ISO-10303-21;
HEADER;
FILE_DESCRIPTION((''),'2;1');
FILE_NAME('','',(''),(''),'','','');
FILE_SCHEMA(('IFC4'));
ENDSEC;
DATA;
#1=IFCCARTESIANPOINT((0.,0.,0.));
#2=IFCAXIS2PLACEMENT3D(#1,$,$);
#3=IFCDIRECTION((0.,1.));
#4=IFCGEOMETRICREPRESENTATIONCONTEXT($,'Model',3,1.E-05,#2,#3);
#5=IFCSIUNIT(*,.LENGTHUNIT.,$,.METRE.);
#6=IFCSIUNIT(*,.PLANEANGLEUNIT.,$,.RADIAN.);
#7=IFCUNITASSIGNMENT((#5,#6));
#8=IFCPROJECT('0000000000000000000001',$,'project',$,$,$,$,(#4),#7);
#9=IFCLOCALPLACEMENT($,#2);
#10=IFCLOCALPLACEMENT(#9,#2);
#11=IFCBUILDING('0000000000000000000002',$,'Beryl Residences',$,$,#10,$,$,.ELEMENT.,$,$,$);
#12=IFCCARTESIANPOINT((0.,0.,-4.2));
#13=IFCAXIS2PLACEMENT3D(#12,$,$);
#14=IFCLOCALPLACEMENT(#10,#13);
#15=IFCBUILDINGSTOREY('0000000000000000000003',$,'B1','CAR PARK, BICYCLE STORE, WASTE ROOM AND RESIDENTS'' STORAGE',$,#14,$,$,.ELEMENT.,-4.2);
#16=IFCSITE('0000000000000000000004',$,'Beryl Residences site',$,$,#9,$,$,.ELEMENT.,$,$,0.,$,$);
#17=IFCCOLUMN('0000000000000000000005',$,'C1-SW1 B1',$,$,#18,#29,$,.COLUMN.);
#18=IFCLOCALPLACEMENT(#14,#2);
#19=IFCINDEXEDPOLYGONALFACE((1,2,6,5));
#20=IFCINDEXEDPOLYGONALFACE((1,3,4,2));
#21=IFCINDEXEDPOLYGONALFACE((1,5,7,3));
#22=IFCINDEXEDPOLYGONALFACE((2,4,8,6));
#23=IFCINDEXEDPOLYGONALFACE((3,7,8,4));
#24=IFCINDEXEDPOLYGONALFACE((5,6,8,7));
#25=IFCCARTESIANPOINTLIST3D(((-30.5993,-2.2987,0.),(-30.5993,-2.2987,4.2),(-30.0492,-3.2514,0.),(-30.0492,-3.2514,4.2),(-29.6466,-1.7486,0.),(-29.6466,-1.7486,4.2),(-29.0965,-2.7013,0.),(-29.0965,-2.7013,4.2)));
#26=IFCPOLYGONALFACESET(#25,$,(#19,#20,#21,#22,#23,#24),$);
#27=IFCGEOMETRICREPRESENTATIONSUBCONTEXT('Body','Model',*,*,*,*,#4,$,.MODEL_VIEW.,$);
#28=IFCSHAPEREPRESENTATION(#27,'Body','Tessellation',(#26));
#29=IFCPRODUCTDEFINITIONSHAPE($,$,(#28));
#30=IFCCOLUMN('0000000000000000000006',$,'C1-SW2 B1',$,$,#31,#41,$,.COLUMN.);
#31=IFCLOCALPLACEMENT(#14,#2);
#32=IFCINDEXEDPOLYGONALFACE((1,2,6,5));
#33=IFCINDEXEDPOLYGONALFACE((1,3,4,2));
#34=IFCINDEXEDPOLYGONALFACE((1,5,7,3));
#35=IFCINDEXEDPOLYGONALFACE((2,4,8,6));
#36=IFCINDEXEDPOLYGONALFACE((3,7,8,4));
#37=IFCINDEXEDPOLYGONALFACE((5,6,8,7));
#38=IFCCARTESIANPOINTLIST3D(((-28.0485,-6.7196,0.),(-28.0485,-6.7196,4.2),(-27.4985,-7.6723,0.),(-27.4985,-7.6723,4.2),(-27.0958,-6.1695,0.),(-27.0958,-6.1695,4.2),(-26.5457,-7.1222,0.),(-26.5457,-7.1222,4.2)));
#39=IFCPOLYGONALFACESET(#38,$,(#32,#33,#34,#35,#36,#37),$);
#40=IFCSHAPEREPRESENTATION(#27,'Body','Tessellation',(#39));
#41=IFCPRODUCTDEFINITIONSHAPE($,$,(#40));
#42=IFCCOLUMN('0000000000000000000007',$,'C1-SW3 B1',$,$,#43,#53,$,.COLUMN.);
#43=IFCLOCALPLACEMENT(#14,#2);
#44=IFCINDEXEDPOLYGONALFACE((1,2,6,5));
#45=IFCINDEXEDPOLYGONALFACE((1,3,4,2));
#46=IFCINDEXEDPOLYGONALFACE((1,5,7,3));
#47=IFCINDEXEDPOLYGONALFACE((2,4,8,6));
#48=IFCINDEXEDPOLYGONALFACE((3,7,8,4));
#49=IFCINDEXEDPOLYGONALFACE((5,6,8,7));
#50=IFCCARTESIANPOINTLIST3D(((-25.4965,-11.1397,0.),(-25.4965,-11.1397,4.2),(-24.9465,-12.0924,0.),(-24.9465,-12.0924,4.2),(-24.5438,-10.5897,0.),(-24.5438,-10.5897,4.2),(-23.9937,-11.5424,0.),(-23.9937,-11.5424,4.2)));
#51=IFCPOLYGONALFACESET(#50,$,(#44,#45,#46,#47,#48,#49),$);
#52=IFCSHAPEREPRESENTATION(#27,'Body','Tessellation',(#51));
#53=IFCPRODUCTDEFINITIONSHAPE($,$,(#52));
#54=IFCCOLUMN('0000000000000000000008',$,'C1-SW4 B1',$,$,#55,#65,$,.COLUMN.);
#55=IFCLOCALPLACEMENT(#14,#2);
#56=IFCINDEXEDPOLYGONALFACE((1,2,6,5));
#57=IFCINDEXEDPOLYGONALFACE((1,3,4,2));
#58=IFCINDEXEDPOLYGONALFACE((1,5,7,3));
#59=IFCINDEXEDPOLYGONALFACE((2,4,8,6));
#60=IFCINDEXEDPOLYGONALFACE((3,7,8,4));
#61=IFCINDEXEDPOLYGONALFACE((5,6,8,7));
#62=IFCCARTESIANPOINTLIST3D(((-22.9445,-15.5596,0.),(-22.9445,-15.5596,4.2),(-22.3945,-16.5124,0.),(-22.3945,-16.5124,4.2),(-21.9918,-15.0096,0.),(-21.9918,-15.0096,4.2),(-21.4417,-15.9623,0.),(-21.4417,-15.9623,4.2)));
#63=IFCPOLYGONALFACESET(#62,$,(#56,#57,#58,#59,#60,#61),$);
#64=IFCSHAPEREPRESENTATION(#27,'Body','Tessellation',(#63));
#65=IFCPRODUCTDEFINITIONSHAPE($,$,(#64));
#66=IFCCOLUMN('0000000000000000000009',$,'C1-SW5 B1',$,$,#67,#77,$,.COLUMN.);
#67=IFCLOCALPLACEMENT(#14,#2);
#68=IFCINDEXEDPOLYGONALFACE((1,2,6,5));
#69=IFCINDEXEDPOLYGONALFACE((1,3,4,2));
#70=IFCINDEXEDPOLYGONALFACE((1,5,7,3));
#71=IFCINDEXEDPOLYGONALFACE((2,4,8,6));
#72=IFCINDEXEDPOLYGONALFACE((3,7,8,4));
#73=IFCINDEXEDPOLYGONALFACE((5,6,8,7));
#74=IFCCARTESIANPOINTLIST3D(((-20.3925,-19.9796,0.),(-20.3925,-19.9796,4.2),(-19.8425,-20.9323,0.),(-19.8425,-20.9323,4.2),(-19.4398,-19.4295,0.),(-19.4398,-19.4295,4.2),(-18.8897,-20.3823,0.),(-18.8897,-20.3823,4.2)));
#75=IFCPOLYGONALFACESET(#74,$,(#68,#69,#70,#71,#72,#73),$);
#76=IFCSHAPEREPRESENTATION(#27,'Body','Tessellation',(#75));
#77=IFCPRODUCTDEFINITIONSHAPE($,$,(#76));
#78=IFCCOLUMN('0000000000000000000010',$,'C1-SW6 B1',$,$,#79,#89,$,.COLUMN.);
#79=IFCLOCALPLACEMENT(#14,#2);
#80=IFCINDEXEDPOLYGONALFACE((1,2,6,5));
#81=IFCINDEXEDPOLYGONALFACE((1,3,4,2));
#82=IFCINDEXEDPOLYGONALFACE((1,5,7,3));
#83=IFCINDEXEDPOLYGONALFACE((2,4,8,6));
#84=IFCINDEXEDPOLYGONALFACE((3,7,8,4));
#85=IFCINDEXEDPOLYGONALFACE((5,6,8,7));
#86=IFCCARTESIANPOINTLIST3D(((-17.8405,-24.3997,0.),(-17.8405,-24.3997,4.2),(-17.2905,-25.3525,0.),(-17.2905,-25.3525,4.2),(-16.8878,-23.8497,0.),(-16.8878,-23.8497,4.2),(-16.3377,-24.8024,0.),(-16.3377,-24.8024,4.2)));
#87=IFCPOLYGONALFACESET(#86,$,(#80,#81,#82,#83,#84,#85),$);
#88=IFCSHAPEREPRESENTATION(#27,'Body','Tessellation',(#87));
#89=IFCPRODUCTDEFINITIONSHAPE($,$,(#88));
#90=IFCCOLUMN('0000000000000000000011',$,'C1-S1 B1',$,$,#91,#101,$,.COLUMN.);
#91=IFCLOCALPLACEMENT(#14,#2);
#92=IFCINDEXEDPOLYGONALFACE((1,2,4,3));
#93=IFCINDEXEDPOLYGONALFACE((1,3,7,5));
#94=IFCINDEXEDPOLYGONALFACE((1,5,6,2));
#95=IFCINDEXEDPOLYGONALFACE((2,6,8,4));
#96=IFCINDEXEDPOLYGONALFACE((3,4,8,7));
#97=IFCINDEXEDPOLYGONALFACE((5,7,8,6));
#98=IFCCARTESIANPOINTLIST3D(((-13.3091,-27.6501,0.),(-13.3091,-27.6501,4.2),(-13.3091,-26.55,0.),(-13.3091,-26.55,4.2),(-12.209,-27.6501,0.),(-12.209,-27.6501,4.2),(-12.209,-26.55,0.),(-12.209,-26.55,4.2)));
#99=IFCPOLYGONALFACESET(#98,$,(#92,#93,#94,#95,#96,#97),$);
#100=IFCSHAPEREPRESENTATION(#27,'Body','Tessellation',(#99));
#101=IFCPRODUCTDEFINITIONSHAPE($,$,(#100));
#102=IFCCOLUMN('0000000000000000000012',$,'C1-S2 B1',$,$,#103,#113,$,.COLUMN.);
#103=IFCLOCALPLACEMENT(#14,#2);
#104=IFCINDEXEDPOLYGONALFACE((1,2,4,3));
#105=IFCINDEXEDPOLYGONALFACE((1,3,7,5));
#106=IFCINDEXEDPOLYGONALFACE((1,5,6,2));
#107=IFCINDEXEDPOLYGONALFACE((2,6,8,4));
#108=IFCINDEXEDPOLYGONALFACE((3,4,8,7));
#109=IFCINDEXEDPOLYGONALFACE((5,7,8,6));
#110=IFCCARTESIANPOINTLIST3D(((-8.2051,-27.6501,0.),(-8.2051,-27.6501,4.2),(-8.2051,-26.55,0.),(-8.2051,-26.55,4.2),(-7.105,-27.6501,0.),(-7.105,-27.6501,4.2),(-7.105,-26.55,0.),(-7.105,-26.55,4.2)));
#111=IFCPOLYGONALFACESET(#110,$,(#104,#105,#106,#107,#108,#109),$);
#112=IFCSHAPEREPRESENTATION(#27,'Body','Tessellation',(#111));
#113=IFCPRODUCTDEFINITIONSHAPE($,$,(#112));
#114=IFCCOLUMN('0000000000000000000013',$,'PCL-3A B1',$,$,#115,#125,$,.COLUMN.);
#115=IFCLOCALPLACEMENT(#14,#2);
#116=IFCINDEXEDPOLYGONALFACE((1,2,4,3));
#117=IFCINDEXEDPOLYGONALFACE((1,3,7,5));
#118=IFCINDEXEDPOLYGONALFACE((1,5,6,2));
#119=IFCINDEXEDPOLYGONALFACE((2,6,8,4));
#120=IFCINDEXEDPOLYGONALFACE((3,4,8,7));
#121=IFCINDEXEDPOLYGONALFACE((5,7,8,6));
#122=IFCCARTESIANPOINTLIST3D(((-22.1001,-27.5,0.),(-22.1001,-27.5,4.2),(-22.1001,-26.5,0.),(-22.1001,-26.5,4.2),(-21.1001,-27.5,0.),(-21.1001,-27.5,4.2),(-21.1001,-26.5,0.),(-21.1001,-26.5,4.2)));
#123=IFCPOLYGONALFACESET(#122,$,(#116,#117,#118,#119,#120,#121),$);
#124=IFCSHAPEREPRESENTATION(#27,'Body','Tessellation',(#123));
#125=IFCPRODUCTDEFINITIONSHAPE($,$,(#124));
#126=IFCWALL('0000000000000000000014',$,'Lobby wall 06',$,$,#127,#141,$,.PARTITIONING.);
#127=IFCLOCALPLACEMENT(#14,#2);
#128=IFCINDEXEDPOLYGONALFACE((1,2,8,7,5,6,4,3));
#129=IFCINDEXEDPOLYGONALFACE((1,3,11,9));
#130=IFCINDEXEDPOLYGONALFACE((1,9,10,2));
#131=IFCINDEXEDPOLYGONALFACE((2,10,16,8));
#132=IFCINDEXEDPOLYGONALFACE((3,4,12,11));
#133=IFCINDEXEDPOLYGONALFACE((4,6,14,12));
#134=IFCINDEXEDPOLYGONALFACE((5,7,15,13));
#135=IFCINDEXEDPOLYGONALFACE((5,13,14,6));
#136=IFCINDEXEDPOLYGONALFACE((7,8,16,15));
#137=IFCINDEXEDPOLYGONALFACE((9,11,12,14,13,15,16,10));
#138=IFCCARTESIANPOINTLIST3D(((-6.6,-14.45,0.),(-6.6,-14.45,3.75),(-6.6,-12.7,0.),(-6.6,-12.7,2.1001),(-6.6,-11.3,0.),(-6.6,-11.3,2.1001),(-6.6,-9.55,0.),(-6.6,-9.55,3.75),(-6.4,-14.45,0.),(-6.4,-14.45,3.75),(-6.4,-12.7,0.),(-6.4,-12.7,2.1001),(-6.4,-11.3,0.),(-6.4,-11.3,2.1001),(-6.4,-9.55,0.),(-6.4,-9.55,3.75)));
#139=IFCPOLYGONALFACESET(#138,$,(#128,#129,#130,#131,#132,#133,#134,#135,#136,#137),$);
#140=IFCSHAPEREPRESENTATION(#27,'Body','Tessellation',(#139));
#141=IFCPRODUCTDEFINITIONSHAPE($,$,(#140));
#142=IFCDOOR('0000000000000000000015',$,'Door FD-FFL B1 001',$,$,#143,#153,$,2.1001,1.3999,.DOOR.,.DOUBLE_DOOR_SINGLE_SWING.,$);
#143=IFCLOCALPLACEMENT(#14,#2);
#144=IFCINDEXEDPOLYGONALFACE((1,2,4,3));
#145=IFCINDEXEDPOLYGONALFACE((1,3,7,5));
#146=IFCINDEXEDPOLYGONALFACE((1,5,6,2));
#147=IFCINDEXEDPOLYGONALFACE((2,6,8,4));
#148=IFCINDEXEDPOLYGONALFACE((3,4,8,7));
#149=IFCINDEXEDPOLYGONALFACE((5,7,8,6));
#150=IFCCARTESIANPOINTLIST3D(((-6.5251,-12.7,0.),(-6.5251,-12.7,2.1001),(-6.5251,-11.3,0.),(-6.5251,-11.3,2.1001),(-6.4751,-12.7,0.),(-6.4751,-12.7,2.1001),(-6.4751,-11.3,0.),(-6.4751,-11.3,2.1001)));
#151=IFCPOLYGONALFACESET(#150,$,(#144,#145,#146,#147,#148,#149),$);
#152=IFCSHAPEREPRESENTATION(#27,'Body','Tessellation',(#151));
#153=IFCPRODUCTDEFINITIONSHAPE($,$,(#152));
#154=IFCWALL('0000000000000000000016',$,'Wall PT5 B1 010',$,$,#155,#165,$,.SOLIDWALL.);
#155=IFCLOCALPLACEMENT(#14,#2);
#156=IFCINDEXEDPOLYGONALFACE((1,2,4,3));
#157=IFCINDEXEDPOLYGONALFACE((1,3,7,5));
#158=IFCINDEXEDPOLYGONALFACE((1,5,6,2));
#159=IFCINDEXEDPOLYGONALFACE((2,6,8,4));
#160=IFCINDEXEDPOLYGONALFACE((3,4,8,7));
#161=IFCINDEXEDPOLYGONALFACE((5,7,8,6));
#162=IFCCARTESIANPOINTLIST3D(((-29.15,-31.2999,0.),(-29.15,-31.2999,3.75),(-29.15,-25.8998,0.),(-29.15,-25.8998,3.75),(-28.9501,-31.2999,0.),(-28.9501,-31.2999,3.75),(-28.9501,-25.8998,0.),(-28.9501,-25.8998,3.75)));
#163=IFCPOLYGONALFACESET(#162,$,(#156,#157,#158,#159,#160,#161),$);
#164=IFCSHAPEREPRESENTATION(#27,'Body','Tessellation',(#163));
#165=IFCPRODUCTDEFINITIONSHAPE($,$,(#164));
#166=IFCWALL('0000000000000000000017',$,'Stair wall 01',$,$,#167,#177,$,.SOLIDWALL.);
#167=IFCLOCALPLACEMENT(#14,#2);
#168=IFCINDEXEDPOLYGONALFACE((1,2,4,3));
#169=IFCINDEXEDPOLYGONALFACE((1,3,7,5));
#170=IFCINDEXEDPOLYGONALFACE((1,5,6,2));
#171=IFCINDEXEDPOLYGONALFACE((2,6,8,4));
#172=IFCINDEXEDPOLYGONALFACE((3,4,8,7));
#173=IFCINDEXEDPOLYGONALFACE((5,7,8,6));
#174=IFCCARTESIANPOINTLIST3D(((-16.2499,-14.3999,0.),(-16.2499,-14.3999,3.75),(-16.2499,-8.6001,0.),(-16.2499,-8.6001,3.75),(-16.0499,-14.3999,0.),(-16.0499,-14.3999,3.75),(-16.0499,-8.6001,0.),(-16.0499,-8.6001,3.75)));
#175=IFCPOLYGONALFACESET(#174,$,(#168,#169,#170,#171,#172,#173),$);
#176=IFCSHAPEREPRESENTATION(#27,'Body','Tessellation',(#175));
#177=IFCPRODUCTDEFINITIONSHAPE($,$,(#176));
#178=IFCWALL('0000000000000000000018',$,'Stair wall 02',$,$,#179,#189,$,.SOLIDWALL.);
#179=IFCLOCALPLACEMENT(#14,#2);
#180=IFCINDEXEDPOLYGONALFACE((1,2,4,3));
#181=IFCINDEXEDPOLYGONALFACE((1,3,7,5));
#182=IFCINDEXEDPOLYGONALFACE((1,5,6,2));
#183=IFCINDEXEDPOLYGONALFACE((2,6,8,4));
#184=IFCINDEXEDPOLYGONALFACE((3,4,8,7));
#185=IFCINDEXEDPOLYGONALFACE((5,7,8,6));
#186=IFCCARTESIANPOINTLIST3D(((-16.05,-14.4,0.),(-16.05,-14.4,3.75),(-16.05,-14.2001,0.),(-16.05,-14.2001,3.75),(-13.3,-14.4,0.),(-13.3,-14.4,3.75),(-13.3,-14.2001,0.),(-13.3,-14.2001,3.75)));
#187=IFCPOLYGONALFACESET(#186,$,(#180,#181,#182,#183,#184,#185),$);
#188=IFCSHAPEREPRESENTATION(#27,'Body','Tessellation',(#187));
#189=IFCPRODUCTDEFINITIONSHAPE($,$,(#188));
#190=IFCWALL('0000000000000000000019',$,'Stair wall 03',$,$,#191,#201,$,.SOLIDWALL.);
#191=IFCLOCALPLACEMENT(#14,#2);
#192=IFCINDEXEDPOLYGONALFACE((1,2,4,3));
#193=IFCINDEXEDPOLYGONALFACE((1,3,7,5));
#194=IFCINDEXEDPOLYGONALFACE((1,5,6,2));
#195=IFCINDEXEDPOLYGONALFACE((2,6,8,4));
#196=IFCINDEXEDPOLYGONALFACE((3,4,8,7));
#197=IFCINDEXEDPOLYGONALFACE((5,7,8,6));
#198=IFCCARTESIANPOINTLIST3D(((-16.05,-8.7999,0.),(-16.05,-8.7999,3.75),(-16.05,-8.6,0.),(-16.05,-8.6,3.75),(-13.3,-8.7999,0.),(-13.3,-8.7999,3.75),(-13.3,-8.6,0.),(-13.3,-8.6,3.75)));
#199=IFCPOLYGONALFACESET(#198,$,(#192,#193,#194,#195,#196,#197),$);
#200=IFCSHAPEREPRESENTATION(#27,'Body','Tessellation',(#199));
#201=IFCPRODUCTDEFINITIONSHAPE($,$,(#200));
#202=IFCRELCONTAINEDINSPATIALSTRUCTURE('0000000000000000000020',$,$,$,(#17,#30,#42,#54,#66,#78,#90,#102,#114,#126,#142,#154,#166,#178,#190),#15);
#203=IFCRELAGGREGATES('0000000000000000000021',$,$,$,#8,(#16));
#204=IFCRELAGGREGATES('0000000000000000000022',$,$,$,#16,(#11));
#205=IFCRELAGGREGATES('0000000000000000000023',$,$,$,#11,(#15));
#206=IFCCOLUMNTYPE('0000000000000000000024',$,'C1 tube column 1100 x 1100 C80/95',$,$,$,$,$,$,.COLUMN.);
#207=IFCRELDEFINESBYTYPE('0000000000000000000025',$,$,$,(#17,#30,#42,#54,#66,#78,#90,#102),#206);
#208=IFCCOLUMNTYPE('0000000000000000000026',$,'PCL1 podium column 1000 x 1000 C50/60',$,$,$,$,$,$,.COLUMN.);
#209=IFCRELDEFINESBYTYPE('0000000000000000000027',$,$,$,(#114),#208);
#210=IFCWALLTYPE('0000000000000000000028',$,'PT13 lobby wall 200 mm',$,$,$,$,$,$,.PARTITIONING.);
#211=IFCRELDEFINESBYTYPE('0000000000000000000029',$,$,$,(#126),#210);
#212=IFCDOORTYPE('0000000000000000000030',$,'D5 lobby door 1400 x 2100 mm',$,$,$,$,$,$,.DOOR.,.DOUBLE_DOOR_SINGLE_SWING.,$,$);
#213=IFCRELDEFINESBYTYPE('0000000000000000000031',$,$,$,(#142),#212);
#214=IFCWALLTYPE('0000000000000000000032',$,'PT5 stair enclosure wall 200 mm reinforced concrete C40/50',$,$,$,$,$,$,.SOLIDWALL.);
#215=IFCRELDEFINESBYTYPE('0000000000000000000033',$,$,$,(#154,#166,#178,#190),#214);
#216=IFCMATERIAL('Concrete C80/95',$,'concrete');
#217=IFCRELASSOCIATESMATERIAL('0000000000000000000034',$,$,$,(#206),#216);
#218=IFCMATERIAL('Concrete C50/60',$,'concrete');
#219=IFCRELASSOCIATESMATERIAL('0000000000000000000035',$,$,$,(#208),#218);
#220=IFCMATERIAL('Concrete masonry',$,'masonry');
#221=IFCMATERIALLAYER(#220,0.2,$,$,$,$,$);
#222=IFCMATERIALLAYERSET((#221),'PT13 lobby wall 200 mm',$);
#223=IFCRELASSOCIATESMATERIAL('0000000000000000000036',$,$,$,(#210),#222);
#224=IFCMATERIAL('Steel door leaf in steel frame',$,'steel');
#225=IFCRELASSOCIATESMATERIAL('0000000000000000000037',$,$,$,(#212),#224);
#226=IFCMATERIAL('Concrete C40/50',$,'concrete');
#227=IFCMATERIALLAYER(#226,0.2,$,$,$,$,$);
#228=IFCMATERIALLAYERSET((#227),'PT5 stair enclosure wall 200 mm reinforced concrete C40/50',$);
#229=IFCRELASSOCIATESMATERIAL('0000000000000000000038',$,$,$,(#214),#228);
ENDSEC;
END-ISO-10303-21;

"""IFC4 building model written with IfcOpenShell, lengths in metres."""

from ifc_helpers import new_model, si_unit, direction, frame, frame_2d, origin, origin_2d, place, context, subcontext, project, spatial, rectangle, extrude, material, layer, layer_set, material_profile, profile_set, type_object, element, fill, save


model = new_model("IFC4")

# Units and contexts
model_context = context("Model", 3, precision=1e-05, world=origin(), true_north=direction((0.0, 1.0)))
body_context = subcontext(model_context, "Body", "Model", "MODEL_VIEW")
ifc_project = project(units=[si_unit("LENGTHUNIT", "METRE"), si_unit("PLANEANGLEUNIT", "RADIAN")], contexts=[model_context])

# Site, building, storey
site_placement = place(None, origin())
site = spatial("IfcSite", under=ifc_project, at=site_placement, Name="Beryl Residences site", CompositionType="ELEMENT", RefElevation=0.0)
building_placement = place(site_placement, origin())
building = spatial("IfcBuilding", under=site, at=building_placement, Name="Beryl Residences", CompositionType="ELEMENT")
storey_placement = place(building_placement, frame((0.0, 0.0, -4.2)))
storey = spatial("IfcBuildingStorey", under=building, at=storey_placement, Name="B1", Description="CAR PARK, BICYCLE STORE, WASTE ROOM AND RESIDENTS' STORAGE", CompositionType="ELEMENT", Elevation=-4.2)

# Columns
ifc_material_1 = material(Name="Concrete C80/95", Category="concrete")
ifc_material_profile_1 = material_profile(ifc_material_1, rectangle(XDim=1.1001, YDim=1.1001, at=origin_2d()))
ifc_profile_set_1 = profile_set([ifc_material_profile_1], Name="Concrete C80/95")
column_type_1 = type_object("IfcColumnType", Name="C1 tube column 1100 x 1100 C80/95", PredefinedType="COLUMN", material=ifc_profile_set_1)
for number, where, z_axis, x_axis, name in (
    (1, (-29.8479, -2.5, 0.0), (0.0, 0.0, 1.0), (0.499985, -0.866034, 0.0), "C1-SW1 B1"),
    (2, (-27.2971, -6.9209, 0.0), (0.0, 0.0, 1.0), (0.499985, -0.866034, 0.0), "C1-SW2 B1"),
    (3, (-24.7451, -11.3411, 0.0), (0.0, 0.0, 1.0), (0.499985, -0.866034, 0.0), "C1-SW3 B1"),
    (4, (-22.1931, -15.761, 0.0), (0.0, 0.0, 1.0), (0.499985, -0.866034, 0.0), "C1-SW4 B1"),
    (5, (-19.6411, -20.1809, 0.0), (0.0, 0.0, 1.0), (0.499985, -0.866034, 0.0), "C1-SW5 B1"),
    (6, (-17.0891, -24.6011, 0.0), (0.0, 0.0, 1.0), (0.499985, -0.866034, 0.0), "C1-SW6 B1"),
    (7, (-12.759, -27.1001, 0.0), (0.0, 0.0, 1.0), (1.0, 0.0, 0.0), "C1-S1 B1"),
    (8, (-7.655, -27.1001, 0.0), (0.0, 0.0, 1.0), (1.0, 0.0, 0.0), "C1-S2 B1"),
):
    element("IfcColumn", number, at=place(storey_placement, frame(where, z_axis=z_axis, x_axis=x_axis)), inside=storey, type_object=column_type_1, Name=name, PredefinedType="COLUMN", context=body_context, shape_type="SweptSolid", body=[
        extrude(rectangle(XDim=1.1001, YDim=1.1001, at=origin_2d()), origin(), (0.0, 0.0, 1.0), 4.2),
    ])
ifc_material_2 = material(Name="Concrete C50/60", Category="concrete")
ifc_material_profile_2 = material_profile(ifc_material_2, rectangle(XDim=1.0, YDim=1.0, at=origin_2d()))
ifc_profile_set_2 = profile_set([ifc_material_profile_2], Name="Concrete C50/60")
column_type_2 = type_object("IfcColumnType", Name="PCL1 podium column 1000 x 1000 C50/60", PredefinedType="COLUMN", material=ifc_profile_set_2)
column_placement = place(storey_placement, frame((-21.6001, -27.0, 0.0), z_axis=(0.0, 0.0, 1.0), x_axis=(1.0, 0.0, 0.0)))
element("IfcColumn", 9, at=column_placement, inside=storey, type_object=column_type_2, Name="PCL-3A B1", PredefinedType="COLUMN", context=body_context, shape_type="SweptSolid", body=[
    extrude(rectangle(XDim=1.0, YDim=1.0, at=origin_2d()), origin(), (0.0, 0.0, 1.0), 4.2),
])

# Wall, opening, door
ifc_material_3 = material(Name="Concrete masonry", Category="masonry")
ifc_layer_1 = layer(ifc_material_3, 0.2)
ifc_layer_set_1 = layer_set([ifc_layer_1], Name="PT13 lobby wall 200 mm")
wall_type_1 = type_object("IfcWallType", Name="PT13 lobby wall 200 mm", PredefinedType="PARTITIONING", material=ifc_layer_set_1)
wall_1_placement = place(storey_placement, frame((-6.5, -14.45, 0.0), z_axis=(0.0, 0.0, 1.0), x_axis=(0.0, 1.0, 0.0)))
wall_1 = element("IfcWall", 10, at=wall_1_placement, inside=storey, type_object=wall_type_1, Name="Lobby wall 06", PredefinedType="PARTITIONING", context=body_context, shape_type="SweptSolid", body=[
    extrude(rectangle(XDim=4.8999, YDim=0.2, at=frame_2d((2.45, 0.0))), origin(), (0.0, 0.0, 1.0), 3.75),
])
opening_1_placement = place(wall_1_placement, frame((3.1499, 0.0, 0.0), z_axis=(0.0, 0.0, 1.0), x_axis=(-1.0, 0.0, 0.0)))
opening_1 = element("IfcOpeningElement", 11, at=opening_1_placement, cuts=wall_1, PredefinedType="OPENING", context=body_context, shape_type="SweptSolid", body=[
    extrude(rectangle(XDim=1.3999, YDim=2.1001, at=frame_2d((0.7, 1.05))), frame((0.0, 0.1099, 0.0), z_axis=(0.0, -1.0, 0.0), x_axis=(1.0, 0.0, 0.0)), (0.0, 0.0, 1.0), 0.22),
])
ifc_material_4 = material(Name="Steel door leaf in steel frame", Category="steel")
door_type_1 = type_object("IfcDoorType", Name="D5 lobby door 1400 x 2100 mm", OperationType="DOUBLE_DOOR_SINGLE_SWING", PredefinedType="DOOR", material=ifc_material_4)
door_1_placement = place(opening_1_placement, origin())
door_1 = element("IfcDoor", 12, at=door_1_placement, inside=storey, type_object=door_type_1, Name="Door FD-FFL B1 001", OperationType="DOUBLE_DOOR_SINGLE_SWING", OverallHeight=2.1001, OverallWidth=1.3999, PredefinedType="DOOR", context=body_context, shape_type="SweptSolid", body=[
    extrude(rectangle(XDim=1.3999, YDim=2.1001, at=frame_2d((0.7, 1.05))), frame((0.0, 0.0249, 0.0), z_axis=(0.0, -1.0, 0.0), x_axis=(1.0, 0.0, 0.0)), (0.0, 0.0, 1.0), 0.05),
])
fill(opening_1, door_1)

# Walls
ifc_material_5 = material(Name="Concrete C40/50", Category="concrete")
ifc_layer_2 = layer(ifc_material_5, 0.2)
ifc_layer_set_2 = layer_set([ifc_layer_2], Name="PT5 stair enclosure wall 200 mm reinforced concrete C40/50")
wall_type_2 = type_object("IfcWallType", Name="PT5 stair enclosure wall 200 mm reinforced concrete C40/50", PredefinedType="SOLIDWALL", material=ifc_layer_set_2)
wall_2_placement = place(storey_placement, frame((-29.05, -31.3, 0.0), z_axis=(0.0, 0.0, 1.0), x_axis=(0.0, 1.0, 0.0)))
element("IfcWall", 13, at=wall_2_placement, inside=storey, type_object=wall_type_2, Name="Wall PT5 B1 010", PredefinedType="SOLIDWALL", context=body_context, shape_type="SweptSolid", body=[
    extrude(rectangle(XDim=5.4001, YDim=0.2, at=frame_2d((2.7002, 0.0))), origin(), (0.0, 0.0, 1.0), 3.75),
])
wall_3_placement = place(storey_placement, frame((-16.1499, -14.3999, 0.0), z_axis=(0.0, 0.0, 1.0), x_axis=(0.0, 1.0, 0.0)))
element("IfcWall", 14, at=wall_3_placement, inside=storey, type_object=wall_type_2, Name="Stair wall 01", PredefinedType="SOLIDWALL", context=body_context, shape_type="SweptSolid", body=[
    extrude(rectangle(XDim=5.7998, YDim=0.2, at=frame_2d((2.8999, 0.0))), origin(), (0.0, 0.0, 1.0), 3.75),
])
for number, where, z_axis, x_axis, name in (
    (15, (-16.05, -14.3, 0.0), (0.0, 0.0, 1.0), (1.0, 0.0, 0.0), "Stair wall 02"),
    (16, (-16.05, -8.7, 0.0), (0.0, 0.0, 1.0), (1.0, 0.0, 0.0), "Stair wall 03"),
):
    element("IfcWall", number, at=place(storey_placement, frame(where, z_axis=z_axis, x_axis=x_axis)), inside=storey, type_object=wall_type_2, Name=name, PredefinedType="SOLIDWALL", context=body_context, shape_type="SweptSolid", body=[
        extrude(rectangle(XDim=2.75, YDim=0.2, at=frame_2d((1.375, 0.0))), origin(), (0.0, 0.0, 1.0), 3.75),
    ])

save(model, "model.ifc")
